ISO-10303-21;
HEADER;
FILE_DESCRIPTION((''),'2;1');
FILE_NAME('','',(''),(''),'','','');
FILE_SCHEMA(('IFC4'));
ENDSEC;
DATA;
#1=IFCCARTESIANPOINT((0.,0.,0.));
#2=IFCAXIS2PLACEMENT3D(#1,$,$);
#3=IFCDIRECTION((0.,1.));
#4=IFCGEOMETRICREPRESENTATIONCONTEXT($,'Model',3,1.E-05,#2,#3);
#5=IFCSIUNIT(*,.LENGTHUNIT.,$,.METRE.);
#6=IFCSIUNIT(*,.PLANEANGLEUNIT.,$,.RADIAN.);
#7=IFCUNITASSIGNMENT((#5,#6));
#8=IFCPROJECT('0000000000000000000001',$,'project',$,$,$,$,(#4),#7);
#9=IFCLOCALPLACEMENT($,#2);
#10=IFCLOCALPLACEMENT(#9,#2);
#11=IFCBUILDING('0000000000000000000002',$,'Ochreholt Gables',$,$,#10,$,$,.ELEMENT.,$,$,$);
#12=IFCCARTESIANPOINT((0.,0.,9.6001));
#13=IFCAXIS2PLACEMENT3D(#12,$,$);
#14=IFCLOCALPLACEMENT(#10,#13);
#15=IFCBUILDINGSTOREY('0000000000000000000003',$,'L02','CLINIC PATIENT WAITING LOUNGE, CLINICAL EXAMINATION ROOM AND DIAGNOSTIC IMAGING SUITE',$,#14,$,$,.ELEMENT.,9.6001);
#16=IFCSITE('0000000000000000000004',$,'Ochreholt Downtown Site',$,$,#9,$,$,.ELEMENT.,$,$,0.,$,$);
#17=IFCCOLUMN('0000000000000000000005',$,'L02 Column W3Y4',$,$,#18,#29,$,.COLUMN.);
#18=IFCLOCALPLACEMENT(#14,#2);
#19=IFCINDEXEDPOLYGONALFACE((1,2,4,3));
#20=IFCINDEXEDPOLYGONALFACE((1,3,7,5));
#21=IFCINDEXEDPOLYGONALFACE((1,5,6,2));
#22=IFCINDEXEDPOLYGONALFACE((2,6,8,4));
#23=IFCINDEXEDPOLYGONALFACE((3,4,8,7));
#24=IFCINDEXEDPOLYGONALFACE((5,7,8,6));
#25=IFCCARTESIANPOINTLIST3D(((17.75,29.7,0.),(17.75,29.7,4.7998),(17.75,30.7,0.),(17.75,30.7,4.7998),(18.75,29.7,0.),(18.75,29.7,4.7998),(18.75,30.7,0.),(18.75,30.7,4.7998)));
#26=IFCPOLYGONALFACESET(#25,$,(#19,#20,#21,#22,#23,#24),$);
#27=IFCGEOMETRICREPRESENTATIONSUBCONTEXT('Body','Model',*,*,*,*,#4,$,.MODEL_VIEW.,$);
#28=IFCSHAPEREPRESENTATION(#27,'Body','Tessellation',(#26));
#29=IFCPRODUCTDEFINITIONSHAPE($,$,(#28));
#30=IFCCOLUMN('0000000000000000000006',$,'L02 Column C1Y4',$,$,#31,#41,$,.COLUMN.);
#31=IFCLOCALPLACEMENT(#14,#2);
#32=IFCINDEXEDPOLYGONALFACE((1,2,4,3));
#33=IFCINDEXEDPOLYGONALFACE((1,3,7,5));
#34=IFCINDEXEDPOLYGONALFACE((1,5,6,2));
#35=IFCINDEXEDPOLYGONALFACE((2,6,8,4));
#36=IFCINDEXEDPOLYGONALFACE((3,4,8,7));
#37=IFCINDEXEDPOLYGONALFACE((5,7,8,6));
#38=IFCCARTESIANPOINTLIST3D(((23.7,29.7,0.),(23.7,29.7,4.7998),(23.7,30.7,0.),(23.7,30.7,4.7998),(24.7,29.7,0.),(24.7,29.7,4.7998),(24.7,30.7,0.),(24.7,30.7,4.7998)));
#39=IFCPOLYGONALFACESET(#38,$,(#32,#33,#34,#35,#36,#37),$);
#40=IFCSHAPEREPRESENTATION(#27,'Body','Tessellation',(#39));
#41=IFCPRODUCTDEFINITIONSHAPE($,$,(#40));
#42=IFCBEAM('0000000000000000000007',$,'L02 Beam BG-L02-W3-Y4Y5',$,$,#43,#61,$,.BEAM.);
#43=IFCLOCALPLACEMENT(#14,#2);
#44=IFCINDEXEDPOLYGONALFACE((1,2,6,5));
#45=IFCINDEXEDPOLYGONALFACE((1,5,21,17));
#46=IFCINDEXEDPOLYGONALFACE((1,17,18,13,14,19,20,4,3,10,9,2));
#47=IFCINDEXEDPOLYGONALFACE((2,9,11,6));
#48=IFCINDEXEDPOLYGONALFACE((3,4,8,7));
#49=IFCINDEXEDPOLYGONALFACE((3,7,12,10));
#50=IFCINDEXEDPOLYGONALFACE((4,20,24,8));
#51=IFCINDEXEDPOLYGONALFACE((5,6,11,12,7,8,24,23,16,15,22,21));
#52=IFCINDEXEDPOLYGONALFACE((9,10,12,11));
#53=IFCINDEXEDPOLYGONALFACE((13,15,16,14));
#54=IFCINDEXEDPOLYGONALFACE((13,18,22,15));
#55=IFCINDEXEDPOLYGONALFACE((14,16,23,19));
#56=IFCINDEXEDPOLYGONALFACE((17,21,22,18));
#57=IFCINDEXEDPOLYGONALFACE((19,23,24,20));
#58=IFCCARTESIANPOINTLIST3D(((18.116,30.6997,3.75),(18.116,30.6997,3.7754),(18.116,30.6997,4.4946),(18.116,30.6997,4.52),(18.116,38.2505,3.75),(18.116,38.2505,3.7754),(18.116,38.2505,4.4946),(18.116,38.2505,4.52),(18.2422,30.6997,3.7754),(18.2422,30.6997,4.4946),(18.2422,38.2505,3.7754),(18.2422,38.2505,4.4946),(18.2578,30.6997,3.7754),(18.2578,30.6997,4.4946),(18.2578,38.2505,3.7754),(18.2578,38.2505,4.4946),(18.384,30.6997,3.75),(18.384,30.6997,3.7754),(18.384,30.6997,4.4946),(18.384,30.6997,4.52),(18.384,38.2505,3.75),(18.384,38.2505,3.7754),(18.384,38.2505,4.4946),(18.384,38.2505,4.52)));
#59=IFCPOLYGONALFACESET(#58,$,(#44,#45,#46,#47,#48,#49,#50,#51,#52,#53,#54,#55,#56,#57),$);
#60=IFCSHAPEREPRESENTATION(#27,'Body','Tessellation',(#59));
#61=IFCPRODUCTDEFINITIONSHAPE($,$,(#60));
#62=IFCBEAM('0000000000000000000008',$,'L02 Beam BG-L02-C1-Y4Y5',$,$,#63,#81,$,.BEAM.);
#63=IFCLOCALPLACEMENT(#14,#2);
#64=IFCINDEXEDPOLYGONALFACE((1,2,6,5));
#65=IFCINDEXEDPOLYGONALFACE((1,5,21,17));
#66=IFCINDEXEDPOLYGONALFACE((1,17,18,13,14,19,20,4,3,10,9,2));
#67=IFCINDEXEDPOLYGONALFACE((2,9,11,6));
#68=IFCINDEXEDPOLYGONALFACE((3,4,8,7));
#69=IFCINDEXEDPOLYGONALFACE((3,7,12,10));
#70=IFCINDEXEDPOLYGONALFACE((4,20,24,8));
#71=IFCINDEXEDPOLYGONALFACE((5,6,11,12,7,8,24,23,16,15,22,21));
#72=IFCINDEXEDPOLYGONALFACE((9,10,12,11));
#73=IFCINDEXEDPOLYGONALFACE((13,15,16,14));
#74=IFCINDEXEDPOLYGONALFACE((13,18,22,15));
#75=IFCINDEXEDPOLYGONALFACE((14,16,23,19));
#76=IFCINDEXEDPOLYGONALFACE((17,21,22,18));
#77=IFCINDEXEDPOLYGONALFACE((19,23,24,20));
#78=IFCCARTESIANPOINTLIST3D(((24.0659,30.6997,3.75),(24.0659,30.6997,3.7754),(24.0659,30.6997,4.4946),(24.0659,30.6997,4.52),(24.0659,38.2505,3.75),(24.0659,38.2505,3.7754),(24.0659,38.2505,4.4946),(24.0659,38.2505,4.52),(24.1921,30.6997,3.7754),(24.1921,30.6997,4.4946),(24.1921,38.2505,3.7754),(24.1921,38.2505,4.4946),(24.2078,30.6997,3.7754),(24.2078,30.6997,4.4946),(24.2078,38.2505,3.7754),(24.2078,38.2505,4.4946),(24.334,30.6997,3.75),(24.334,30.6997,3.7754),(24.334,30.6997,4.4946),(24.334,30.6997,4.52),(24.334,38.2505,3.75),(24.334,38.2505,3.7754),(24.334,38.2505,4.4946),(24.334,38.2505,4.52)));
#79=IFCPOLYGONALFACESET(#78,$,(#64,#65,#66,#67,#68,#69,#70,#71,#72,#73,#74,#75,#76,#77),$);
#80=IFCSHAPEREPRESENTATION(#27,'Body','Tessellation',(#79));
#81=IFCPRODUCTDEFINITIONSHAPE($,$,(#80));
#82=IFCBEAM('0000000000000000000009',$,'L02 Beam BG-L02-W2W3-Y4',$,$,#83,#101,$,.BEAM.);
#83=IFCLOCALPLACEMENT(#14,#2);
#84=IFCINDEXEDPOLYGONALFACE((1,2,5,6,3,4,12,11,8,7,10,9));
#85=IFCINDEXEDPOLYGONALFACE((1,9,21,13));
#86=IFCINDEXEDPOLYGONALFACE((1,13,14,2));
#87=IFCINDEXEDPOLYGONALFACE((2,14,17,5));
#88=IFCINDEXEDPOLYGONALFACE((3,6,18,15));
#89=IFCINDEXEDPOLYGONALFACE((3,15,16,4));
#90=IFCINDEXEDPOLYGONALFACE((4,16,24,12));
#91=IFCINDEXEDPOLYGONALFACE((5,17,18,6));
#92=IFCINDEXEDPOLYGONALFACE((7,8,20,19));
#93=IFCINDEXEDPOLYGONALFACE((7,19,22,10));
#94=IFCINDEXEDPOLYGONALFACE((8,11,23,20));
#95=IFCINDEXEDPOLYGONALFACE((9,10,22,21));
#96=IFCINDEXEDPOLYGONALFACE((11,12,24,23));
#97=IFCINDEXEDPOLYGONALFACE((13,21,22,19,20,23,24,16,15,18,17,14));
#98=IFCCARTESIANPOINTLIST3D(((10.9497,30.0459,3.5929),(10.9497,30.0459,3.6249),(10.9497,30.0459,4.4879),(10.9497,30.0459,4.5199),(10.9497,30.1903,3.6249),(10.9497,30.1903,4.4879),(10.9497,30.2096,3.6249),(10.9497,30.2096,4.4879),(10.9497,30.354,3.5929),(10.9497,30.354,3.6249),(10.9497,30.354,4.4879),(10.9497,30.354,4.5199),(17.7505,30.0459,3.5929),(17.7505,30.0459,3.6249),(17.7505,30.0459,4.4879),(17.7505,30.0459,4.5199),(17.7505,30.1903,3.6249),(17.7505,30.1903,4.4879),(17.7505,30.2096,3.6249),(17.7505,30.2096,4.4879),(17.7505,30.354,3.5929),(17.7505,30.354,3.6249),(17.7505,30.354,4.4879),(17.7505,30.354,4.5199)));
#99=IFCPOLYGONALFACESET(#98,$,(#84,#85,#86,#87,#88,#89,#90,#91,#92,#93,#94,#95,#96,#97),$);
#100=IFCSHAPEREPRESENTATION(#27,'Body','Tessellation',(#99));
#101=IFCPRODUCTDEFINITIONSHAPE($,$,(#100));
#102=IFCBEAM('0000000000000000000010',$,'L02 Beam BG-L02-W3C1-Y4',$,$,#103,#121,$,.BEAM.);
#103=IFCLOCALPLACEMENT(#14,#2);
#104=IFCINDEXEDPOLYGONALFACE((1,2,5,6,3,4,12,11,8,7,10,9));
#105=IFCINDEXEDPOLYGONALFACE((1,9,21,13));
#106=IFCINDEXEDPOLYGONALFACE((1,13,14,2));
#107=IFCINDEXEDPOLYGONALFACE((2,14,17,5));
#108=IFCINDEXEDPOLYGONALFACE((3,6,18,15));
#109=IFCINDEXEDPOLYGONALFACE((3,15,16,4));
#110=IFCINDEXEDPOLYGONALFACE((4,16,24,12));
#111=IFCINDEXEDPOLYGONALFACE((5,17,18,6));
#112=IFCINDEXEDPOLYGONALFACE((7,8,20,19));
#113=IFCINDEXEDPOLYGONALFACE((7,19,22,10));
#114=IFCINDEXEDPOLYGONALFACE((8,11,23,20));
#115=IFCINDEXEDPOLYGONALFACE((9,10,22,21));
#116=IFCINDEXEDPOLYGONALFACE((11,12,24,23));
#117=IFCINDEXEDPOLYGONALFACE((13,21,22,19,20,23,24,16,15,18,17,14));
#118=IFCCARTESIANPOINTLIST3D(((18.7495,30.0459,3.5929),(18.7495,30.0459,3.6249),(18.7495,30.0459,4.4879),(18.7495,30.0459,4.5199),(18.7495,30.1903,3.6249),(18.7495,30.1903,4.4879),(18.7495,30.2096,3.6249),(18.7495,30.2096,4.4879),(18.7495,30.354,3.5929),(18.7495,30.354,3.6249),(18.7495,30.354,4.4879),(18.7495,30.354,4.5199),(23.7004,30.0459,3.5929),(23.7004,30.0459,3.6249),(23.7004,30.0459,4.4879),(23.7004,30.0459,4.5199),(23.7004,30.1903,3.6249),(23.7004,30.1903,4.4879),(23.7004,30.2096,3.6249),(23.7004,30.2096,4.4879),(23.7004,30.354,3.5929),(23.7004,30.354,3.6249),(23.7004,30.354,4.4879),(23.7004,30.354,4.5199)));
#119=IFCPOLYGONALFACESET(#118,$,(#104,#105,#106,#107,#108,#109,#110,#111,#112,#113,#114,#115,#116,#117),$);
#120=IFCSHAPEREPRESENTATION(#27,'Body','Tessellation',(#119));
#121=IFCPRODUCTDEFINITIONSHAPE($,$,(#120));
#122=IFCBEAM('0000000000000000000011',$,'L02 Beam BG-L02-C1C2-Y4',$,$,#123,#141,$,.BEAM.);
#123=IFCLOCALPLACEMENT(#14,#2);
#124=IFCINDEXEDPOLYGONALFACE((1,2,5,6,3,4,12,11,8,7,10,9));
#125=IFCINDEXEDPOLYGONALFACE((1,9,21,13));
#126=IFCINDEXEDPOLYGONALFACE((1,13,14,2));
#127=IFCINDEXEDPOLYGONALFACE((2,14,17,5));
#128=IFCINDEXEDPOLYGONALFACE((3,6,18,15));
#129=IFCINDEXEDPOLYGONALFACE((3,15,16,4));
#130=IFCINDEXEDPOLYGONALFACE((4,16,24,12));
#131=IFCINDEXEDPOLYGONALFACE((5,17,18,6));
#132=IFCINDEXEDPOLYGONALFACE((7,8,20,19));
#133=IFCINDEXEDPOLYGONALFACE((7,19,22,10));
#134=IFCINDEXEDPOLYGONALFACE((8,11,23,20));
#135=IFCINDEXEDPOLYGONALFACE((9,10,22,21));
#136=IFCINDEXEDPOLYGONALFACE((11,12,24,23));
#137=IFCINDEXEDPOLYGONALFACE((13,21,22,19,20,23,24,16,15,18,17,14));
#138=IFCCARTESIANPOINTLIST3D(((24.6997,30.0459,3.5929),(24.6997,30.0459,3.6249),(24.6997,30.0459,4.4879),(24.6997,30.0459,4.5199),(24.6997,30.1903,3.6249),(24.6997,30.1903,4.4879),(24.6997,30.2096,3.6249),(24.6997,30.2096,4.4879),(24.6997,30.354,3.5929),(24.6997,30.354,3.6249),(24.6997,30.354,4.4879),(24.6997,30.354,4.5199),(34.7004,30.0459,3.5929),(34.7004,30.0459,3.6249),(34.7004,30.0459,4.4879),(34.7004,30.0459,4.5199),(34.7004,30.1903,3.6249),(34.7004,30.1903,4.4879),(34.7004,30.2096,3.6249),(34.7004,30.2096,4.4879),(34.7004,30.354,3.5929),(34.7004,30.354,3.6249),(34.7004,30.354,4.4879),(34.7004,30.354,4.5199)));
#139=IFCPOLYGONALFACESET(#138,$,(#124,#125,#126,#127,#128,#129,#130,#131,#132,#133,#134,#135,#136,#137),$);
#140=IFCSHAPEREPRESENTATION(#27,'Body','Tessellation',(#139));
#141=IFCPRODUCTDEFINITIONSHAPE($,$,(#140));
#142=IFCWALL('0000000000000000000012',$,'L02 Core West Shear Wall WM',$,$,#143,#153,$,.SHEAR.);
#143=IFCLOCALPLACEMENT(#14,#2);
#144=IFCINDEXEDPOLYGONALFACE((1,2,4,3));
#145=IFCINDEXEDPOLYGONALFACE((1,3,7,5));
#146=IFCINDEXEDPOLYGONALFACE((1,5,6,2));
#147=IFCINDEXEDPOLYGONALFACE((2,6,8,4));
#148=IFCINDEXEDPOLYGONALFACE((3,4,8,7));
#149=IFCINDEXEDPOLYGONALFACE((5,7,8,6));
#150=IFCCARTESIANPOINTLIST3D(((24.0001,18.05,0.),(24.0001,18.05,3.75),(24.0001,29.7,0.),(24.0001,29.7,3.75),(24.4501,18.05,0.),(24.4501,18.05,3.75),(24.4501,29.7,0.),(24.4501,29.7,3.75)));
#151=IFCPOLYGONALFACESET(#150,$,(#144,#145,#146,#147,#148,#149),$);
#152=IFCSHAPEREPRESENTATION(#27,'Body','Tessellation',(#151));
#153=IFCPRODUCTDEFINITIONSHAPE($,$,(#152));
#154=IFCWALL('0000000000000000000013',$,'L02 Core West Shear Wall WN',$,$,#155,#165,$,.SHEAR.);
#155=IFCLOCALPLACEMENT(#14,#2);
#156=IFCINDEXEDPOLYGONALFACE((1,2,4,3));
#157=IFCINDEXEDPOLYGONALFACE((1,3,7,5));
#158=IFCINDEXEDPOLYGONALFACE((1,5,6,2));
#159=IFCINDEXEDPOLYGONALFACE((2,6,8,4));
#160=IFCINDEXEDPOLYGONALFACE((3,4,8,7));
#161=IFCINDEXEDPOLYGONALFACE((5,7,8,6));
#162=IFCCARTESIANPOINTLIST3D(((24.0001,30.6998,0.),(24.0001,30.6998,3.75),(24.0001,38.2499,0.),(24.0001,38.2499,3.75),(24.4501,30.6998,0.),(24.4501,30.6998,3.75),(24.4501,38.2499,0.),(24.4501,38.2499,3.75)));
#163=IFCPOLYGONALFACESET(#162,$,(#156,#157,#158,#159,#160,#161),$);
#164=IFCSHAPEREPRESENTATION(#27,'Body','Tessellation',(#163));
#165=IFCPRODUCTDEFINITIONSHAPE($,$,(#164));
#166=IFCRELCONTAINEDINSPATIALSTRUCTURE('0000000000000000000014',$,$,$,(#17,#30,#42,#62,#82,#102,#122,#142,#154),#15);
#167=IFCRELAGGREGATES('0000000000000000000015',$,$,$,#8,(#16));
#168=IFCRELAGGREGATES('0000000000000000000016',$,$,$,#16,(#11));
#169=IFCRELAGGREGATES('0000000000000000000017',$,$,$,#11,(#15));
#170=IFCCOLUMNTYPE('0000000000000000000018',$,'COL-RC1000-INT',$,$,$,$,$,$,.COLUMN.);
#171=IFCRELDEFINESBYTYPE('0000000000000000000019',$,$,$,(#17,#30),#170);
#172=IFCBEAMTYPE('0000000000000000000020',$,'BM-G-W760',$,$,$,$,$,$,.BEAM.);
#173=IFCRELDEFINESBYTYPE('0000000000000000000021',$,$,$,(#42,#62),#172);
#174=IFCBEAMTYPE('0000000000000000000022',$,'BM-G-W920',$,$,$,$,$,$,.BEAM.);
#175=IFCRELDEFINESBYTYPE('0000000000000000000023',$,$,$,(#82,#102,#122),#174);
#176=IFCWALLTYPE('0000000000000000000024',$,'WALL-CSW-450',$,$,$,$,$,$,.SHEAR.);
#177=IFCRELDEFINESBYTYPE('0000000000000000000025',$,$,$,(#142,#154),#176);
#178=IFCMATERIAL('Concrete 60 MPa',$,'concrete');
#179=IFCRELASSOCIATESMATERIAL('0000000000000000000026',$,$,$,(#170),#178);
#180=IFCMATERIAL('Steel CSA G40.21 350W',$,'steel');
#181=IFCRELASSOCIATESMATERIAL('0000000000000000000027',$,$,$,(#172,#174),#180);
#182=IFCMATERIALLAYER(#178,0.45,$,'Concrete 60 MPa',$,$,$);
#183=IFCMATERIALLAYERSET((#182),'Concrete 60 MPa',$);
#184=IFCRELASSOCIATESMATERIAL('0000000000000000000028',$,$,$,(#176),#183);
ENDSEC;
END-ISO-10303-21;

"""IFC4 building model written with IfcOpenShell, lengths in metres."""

from ifc_helpers import new_model, si_unit, direction, frame, frame_2d, origin, origin_2d, place, context, subcontext, project, spatial, rectangle, i_section, extrude, material, layer, layer_set, material_profile, profile_set, type_object, element, save


model = new_model("IFC4")

# Units and contexts
model_context = context("Model", 3, precision=1e-05, world=origin(), true_north=direction((0.0, 1.0)))
body_context = subcontext(model_context, "Body", "Model", "MODEL_VIEW")
ifc_project = project(units=[si_unit("LENGTHUNIT", "METRE"), si_unit("PLANEANGLEUNIT", "RADIAN")], contexts=[model_context])

# Site, building, storey
site_placement = place(None, origin())
site = spatial("IfcSite", under=ifc_project, at=site_placement, Name="Ochreholt Downtown Site", CompositionType="ELEMENT", RefElevation=0.0)
building_placement = place(site_placement, origin())
building = spatial("IfcBuilding", under=site, at=building_placement, Name="Ochreholt Gables", CompositionType="ELEMENT")
storey_placement = place(building_placement, frame((0.0, 0.0, 9.6001)))
storey = spatial("IfcBuildingStorey", under=building, at=storey_placement, Name="L02", Description="CLINIC PATIENT WAITING LOUNGE, CLINICAL EXAMINATION ROOM AND DIAGNOSTIC IMAGING SUITE", CompositionType="ELEMENT", Elevation=9.6001)

# Columns
ifc_material_1 = material(Name="Concrete 60 MPa", Category="concrete")
ifc_material_profile_1 = material_profile(ifc_material_1, rectangle(XDim=1.0, YDim=1.0, at=origin_2d()), Name="RC1000X1000")
ifc_profile_set_1 = profile_set([ifc_material_profile_1], Name="Concrete 60 MPa")
column_type = type_object("IfcColumnType", Name="COL-RC1000-INT", PredefinedType="COLUMN", material=ifc_profile_set_1)
for number, where, z_axis, x_axis, name in (
    (1, (18.25, 30.2, 0.0), (0.0, 0.0, 1.0), (1.0, 0.0, 0.0), "L02 Column W3Y4"),
    (2, (24.2, 30.2, 0.0), (0.0, 0.0, 1.0), (1.0, 0.0, 0.0), "L02 Column C1Y4"),
):
    element("IfcColumn", number, at=place(storey_placement, frame(where, z_axis=z_axis, x_axis=x_axis)), inside=storey, type_object=column_type, Name=name, PredefinedType="COLUMN", context=body_context, shape_type="SweptSolid", body=[
        extrude(rectangle(XDim=1.0, YDim=1.0, at=origin_2d()), origin(), (0.0, 0.0, 1.0), 4.7998),
    ])

# Beams
ifc_material_2 = material(Name="Steel CSA G40.21 350W", Category="steel")
ifc_material_profile_2 = material_profile(ifc_material_2, i_section(OverallWidth=0.2681, OverallDepth=0.77, WebThickness=0.0156, FlangeThickness=0.0254, at=origin_2d()), Name="W760X196")
ifc_profile_set_2 = profile_set([ifc_material_profile_2], Name="Steel CSA G40.21 350W")
beam_type_1 = type_object("IfcBeamType", Name="BM-G-W760", PredefinedType="BEAM", material=ifc_profile_set_2)
for number, where, z_axis, x_axis, name in (
    (3, (18.25, 30.6997, 4.135), (0.0, 1.0, 0.0), (-1.0, 0.0, 0.0), "L02 Beam BG-L02-W3-Y4Y5"),
    (4, (24.2, 30.6997, 4.135), (0.0, 1.0, 0.0), (-1.0, 0.0, 0.0), "L02 Beam BG-L02-C1-Y4Y5"),
):
    element("IfcBeam", number, at=place(storey_placement, frame(where, z_axis=z_axis, x_axis=x_axis)), inside=storey, type_object=beam_type_1, Name=name, PredefinedType="BEAM", context=body_context, shape_type="SweptSolid", body=[
        extrude(i_section(OverallWidth=0.2681, OverallDepth=0.77, WebThickness=0.0156, FlangeThickness=0.0254, at=origin_2d()), origin(), (0.0, 0.0, 1.0), 7.5508),
    ])
ifc_material_profile_3 = material_profile(ifc_material_2, i_section(OverallWidth=0.3081, OverallDepth=0.927, WebThickness=0.0193, FlangeThickness=0.032, at=origin_2d()), Name="W920X289")
ifc_profile_set_3 = profile_set([ifc_material_profile_3], Name="Steel CSA G40.21 350W")
beam_type_2 = type_object("IfcBeamType", Name="BM-G-W920", PredefinedType="BEAM", material=ifc_profile_set_3)
beam_1_placement = place(storey_placement, frame((10.9497, 30.2, 4.0564), z_axis=(1.0, 0.0, 0.0), x_axis=(0.0, 1.0, 0.0)))
element("IfcBeam", 5, at=beam_1_placement, inside=storey, type_object=beam_type_2, Name="L02 Beam BG-L02-W2W3-Y4", PredefinedType="BEAM", context=body_context, shape_type="SweptSolid", body=[
    extrude(i_section(OverallWidth=0.3081, OverallDepth=0.927, WebThickness=0.0193, FlangeThickness=0.032, at=origin_2d()), origin(), (0.0, 0.0, 1.0), 6.8008),
])
beam_2_placement = place(storey_placement, frame((18.7495, 30.2, 4.0564), z_axis=(1.0, 0.0, 0.0), x_axis=(0.0, 1.0, 0.0)))
element("IfcBeam", 6, at=beam_2_placement, inside=storey, type_object=beam_type_2, Name="L02 Beam BG-L02-W3C1-Y4", PredefinedType="BEAM", context=body_context, shape_type="SweptSolid", body=[
    extrude(i_section(OverallWidth=0.3081, OverallDepth=0.927, WebThickness=0.0193, FlangeThickness=0.032, at=origin_2d()), origin(), (0.0, 0.0, 1.0), 4.9509),
])
beam_3_placement = place(storey_placement, frame((24.6997, 30.2, 4.0564), z_axis=(1.0, 0.0, 0.0), x_axis=(0.0, 1.0, 0.0)))
element("IfcBeam", 7, at=beam_3_placement, inside=storey, type_object=beam_type_2, Name="L02 Beam BG-L02-C1C2-Y4", PredefinedType="BEAM", context=body_context, shape_type="SweptSolid", body=[
    extrude(i_section(OverallWidth=0.3081, OverallDepth=0.927, WebThickness=0.0193, FlangeThickness=0.032, at=origin_2d()), origin(), (0.0, 0.0, 1.0), 10.0007),
])

# Walls
ifc_layer_1 = layer(ifc_material_1, 0.45, Name="Concrete 60 MPa")
ifc_layer_set_1 = layer_set([ifc_layer_1], Name="Concrete 60 MPa")
wall_type_1 = type_object("IfcWallType", Name="WALL-CSW-450", PredefinedType="SHEAR", material=ifc_layer_set_1)
wall_1_placement = place(storey_placement, frame((24.2251, 18.05, 0.0), z_axis=(0.0, 0.0, 1.0), x_axis=(0.0, 1.0, 0.0)))
element("IfcWall", 8, at=wall_1_placement, inside=storey, type_object=wall_type_1, Name="L02 Core West Shear Wall WM", PredefinedType="SHEAR", context=body_context, shape_type="SweptSolid", body=[
    extrude(rectangle(XDim=11.6499, YDim=0.45, at=frame_2d((5.825, 0.0))), origin(), (0.0, 0.0, 1.0), 3.75),
])
wall_2_placement = place(storey_placement, frame((24.2251, 30.7, 0.0), z_axis=(0.0, 0.0, 1.0), x_axis=(0.0, 1.0, 0.0)))
element("IfcWall", 9, at=wall_2_placement, inside=storey, type_object=wall_type_1, Name="L02 Core West Shear Wall WN", PredefinedType="SHEAR", context=body_context, shape_type="SweptSolid", body=[
    extrude(rectangle(XDim=7.55, YDim=0.45, at=frame_2d((3.7749, 0.0))), origin(), (0.0, 0.0, 1.0), 3.75),
])

save(model, "model.ifc")
